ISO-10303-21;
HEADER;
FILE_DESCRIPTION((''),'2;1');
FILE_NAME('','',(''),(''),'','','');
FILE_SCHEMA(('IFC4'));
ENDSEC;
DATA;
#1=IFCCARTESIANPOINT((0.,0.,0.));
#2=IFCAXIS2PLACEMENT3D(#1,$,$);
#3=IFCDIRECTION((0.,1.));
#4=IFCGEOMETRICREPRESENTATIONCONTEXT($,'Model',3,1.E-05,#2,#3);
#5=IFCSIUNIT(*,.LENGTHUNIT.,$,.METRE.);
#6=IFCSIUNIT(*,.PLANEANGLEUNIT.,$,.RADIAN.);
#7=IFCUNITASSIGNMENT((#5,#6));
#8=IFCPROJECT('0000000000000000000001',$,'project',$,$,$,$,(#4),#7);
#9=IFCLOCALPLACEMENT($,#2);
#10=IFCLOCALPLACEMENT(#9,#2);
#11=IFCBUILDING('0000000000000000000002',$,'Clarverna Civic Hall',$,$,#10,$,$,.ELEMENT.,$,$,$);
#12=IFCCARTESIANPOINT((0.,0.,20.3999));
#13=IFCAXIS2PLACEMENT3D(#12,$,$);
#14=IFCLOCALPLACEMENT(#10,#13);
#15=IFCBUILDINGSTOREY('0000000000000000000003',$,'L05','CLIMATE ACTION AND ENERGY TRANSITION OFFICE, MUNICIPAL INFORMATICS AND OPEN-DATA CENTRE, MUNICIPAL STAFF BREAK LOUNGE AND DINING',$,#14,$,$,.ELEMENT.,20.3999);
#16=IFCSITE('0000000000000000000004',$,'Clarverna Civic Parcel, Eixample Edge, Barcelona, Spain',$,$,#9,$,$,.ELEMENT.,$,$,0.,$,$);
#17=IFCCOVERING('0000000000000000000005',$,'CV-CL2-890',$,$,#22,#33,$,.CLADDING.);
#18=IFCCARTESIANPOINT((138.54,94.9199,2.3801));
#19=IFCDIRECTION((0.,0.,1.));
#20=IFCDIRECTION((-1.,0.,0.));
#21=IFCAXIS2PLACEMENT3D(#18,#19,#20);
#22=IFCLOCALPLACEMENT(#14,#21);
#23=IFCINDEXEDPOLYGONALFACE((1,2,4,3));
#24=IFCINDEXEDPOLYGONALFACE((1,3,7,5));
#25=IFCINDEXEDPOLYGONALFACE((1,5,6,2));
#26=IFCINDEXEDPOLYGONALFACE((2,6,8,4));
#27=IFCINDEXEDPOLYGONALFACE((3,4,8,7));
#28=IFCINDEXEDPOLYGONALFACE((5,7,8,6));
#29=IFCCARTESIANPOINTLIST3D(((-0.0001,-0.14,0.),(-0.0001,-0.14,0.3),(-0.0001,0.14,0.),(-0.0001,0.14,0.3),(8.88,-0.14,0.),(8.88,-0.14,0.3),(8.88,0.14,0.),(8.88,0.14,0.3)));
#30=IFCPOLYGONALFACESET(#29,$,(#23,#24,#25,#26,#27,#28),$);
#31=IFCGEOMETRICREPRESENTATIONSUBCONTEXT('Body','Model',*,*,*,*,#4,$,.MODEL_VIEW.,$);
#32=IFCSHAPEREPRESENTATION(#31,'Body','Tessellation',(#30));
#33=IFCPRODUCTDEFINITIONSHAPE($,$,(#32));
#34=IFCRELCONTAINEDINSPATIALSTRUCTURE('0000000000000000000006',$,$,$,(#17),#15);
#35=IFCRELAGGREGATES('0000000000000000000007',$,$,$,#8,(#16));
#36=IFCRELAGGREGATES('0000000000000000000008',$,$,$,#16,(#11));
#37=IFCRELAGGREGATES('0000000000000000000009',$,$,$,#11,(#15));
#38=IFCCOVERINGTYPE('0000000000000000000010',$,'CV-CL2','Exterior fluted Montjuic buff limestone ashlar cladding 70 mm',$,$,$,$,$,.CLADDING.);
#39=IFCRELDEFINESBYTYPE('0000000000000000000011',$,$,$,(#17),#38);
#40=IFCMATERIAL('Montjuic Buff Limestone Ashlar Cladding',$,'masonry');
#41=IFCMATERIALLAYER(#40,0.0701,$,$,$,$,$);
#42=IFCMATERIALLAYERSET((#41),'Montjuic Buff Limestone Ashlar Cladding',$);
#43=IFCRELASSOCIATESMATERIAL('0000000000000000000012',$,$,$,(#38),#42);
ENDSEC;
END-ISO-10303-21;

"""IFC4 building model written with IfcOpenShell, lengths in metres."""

from ifc_helpers import new_model, si_unit, direction, frame, frame_2d, origin, place, context, subcontext, project, spatial, rectangle, extrude, material, layer, layer_set, type_object, element, save


model = new_model("IFC4")

# Units and contexts
model_context = context("Model", 3, precision=1e-05, world=origin(), true_north=direction((0.0, 1.0)))
body_context = subcontext(model_context, "Body", "Model", "MODEL_VIEW")
ifc_project = project(units=[si_unit("LENGTHUNIT", "METRE"), si_unit("PLANEANGLEUNIT", "RADIAN")], contexts=[model_context])

# Site, building, storey
site_placement = place(None, origin())
site = spatial("IfcSite", under=ifc_project, at=site_placement, Name="Clarverna Civic Parcel, Eixample Edge, Barcelona, Spain", CompositionType="ELEMENT", RefElevation=0.0)
building_placement = place(site_placement, origin())
building = spatial("IfcBuilding", under=site, at=building_placement, Name="Clarverna Civic Hall", CompositionType="ELEMENT")
storey_placement = place(building_placement, frame((0.0, 0.0, 20.3999)))
storey = spatial("IfcBuildingStorey", under=building, at=storey_placement, Name="L05", Description="CLIMATE ACTION AND ENERGY TRANSITION OFFICE, MUNICIPAL INFORMATICS AND OPEN-DATA CENTRE, MUNICIPAL STAFF BREAK LOUNGE AND DINING", CompositionType="ELEMENT", Elevation=20.3999)

# Covering
ifc_material_1 = material(Name="Montjuic Buff Limestone Ashlar Cladding", Category="masonry")
ifc_layer_1 = layer(ifc_material_1, 0.0701)
ifc_layer_set_1 = layer_set([ifc_layer_1], Name="Montjuic Buff Limestone Ashlar Cladding")
covering_type = type_object("IfcCoveringType", Name="CV-CL2", Description="Exterior fluted Montjuic buff limestone ashlar cladding 70 mm", PredefinedType="CLADDING", material=ifc_layer_set_1)
covering_1_placement = place(storey_placement, frame((138.54, 94.9199, 2.3801), z_axis=(0.0, 0.0, 1.0), x_axis=(-1.0, 0.0, 0.0)))
element("IfcCovering", 1, at=covering_1_placement, inside=storey, type_object=covering_type, Name="CV-CL2-890", PredefinedType="CLADDING", context=body_context, shape_type="SweptSolid", body=[
    extrude(rectangle(XDim=8.8801, YDim=0.28, at=frame_2d((4.4399, 0.0))), origin(), (0.0, 0.0, 1.0), 0.3),
])

save(model, "model.ifc")
